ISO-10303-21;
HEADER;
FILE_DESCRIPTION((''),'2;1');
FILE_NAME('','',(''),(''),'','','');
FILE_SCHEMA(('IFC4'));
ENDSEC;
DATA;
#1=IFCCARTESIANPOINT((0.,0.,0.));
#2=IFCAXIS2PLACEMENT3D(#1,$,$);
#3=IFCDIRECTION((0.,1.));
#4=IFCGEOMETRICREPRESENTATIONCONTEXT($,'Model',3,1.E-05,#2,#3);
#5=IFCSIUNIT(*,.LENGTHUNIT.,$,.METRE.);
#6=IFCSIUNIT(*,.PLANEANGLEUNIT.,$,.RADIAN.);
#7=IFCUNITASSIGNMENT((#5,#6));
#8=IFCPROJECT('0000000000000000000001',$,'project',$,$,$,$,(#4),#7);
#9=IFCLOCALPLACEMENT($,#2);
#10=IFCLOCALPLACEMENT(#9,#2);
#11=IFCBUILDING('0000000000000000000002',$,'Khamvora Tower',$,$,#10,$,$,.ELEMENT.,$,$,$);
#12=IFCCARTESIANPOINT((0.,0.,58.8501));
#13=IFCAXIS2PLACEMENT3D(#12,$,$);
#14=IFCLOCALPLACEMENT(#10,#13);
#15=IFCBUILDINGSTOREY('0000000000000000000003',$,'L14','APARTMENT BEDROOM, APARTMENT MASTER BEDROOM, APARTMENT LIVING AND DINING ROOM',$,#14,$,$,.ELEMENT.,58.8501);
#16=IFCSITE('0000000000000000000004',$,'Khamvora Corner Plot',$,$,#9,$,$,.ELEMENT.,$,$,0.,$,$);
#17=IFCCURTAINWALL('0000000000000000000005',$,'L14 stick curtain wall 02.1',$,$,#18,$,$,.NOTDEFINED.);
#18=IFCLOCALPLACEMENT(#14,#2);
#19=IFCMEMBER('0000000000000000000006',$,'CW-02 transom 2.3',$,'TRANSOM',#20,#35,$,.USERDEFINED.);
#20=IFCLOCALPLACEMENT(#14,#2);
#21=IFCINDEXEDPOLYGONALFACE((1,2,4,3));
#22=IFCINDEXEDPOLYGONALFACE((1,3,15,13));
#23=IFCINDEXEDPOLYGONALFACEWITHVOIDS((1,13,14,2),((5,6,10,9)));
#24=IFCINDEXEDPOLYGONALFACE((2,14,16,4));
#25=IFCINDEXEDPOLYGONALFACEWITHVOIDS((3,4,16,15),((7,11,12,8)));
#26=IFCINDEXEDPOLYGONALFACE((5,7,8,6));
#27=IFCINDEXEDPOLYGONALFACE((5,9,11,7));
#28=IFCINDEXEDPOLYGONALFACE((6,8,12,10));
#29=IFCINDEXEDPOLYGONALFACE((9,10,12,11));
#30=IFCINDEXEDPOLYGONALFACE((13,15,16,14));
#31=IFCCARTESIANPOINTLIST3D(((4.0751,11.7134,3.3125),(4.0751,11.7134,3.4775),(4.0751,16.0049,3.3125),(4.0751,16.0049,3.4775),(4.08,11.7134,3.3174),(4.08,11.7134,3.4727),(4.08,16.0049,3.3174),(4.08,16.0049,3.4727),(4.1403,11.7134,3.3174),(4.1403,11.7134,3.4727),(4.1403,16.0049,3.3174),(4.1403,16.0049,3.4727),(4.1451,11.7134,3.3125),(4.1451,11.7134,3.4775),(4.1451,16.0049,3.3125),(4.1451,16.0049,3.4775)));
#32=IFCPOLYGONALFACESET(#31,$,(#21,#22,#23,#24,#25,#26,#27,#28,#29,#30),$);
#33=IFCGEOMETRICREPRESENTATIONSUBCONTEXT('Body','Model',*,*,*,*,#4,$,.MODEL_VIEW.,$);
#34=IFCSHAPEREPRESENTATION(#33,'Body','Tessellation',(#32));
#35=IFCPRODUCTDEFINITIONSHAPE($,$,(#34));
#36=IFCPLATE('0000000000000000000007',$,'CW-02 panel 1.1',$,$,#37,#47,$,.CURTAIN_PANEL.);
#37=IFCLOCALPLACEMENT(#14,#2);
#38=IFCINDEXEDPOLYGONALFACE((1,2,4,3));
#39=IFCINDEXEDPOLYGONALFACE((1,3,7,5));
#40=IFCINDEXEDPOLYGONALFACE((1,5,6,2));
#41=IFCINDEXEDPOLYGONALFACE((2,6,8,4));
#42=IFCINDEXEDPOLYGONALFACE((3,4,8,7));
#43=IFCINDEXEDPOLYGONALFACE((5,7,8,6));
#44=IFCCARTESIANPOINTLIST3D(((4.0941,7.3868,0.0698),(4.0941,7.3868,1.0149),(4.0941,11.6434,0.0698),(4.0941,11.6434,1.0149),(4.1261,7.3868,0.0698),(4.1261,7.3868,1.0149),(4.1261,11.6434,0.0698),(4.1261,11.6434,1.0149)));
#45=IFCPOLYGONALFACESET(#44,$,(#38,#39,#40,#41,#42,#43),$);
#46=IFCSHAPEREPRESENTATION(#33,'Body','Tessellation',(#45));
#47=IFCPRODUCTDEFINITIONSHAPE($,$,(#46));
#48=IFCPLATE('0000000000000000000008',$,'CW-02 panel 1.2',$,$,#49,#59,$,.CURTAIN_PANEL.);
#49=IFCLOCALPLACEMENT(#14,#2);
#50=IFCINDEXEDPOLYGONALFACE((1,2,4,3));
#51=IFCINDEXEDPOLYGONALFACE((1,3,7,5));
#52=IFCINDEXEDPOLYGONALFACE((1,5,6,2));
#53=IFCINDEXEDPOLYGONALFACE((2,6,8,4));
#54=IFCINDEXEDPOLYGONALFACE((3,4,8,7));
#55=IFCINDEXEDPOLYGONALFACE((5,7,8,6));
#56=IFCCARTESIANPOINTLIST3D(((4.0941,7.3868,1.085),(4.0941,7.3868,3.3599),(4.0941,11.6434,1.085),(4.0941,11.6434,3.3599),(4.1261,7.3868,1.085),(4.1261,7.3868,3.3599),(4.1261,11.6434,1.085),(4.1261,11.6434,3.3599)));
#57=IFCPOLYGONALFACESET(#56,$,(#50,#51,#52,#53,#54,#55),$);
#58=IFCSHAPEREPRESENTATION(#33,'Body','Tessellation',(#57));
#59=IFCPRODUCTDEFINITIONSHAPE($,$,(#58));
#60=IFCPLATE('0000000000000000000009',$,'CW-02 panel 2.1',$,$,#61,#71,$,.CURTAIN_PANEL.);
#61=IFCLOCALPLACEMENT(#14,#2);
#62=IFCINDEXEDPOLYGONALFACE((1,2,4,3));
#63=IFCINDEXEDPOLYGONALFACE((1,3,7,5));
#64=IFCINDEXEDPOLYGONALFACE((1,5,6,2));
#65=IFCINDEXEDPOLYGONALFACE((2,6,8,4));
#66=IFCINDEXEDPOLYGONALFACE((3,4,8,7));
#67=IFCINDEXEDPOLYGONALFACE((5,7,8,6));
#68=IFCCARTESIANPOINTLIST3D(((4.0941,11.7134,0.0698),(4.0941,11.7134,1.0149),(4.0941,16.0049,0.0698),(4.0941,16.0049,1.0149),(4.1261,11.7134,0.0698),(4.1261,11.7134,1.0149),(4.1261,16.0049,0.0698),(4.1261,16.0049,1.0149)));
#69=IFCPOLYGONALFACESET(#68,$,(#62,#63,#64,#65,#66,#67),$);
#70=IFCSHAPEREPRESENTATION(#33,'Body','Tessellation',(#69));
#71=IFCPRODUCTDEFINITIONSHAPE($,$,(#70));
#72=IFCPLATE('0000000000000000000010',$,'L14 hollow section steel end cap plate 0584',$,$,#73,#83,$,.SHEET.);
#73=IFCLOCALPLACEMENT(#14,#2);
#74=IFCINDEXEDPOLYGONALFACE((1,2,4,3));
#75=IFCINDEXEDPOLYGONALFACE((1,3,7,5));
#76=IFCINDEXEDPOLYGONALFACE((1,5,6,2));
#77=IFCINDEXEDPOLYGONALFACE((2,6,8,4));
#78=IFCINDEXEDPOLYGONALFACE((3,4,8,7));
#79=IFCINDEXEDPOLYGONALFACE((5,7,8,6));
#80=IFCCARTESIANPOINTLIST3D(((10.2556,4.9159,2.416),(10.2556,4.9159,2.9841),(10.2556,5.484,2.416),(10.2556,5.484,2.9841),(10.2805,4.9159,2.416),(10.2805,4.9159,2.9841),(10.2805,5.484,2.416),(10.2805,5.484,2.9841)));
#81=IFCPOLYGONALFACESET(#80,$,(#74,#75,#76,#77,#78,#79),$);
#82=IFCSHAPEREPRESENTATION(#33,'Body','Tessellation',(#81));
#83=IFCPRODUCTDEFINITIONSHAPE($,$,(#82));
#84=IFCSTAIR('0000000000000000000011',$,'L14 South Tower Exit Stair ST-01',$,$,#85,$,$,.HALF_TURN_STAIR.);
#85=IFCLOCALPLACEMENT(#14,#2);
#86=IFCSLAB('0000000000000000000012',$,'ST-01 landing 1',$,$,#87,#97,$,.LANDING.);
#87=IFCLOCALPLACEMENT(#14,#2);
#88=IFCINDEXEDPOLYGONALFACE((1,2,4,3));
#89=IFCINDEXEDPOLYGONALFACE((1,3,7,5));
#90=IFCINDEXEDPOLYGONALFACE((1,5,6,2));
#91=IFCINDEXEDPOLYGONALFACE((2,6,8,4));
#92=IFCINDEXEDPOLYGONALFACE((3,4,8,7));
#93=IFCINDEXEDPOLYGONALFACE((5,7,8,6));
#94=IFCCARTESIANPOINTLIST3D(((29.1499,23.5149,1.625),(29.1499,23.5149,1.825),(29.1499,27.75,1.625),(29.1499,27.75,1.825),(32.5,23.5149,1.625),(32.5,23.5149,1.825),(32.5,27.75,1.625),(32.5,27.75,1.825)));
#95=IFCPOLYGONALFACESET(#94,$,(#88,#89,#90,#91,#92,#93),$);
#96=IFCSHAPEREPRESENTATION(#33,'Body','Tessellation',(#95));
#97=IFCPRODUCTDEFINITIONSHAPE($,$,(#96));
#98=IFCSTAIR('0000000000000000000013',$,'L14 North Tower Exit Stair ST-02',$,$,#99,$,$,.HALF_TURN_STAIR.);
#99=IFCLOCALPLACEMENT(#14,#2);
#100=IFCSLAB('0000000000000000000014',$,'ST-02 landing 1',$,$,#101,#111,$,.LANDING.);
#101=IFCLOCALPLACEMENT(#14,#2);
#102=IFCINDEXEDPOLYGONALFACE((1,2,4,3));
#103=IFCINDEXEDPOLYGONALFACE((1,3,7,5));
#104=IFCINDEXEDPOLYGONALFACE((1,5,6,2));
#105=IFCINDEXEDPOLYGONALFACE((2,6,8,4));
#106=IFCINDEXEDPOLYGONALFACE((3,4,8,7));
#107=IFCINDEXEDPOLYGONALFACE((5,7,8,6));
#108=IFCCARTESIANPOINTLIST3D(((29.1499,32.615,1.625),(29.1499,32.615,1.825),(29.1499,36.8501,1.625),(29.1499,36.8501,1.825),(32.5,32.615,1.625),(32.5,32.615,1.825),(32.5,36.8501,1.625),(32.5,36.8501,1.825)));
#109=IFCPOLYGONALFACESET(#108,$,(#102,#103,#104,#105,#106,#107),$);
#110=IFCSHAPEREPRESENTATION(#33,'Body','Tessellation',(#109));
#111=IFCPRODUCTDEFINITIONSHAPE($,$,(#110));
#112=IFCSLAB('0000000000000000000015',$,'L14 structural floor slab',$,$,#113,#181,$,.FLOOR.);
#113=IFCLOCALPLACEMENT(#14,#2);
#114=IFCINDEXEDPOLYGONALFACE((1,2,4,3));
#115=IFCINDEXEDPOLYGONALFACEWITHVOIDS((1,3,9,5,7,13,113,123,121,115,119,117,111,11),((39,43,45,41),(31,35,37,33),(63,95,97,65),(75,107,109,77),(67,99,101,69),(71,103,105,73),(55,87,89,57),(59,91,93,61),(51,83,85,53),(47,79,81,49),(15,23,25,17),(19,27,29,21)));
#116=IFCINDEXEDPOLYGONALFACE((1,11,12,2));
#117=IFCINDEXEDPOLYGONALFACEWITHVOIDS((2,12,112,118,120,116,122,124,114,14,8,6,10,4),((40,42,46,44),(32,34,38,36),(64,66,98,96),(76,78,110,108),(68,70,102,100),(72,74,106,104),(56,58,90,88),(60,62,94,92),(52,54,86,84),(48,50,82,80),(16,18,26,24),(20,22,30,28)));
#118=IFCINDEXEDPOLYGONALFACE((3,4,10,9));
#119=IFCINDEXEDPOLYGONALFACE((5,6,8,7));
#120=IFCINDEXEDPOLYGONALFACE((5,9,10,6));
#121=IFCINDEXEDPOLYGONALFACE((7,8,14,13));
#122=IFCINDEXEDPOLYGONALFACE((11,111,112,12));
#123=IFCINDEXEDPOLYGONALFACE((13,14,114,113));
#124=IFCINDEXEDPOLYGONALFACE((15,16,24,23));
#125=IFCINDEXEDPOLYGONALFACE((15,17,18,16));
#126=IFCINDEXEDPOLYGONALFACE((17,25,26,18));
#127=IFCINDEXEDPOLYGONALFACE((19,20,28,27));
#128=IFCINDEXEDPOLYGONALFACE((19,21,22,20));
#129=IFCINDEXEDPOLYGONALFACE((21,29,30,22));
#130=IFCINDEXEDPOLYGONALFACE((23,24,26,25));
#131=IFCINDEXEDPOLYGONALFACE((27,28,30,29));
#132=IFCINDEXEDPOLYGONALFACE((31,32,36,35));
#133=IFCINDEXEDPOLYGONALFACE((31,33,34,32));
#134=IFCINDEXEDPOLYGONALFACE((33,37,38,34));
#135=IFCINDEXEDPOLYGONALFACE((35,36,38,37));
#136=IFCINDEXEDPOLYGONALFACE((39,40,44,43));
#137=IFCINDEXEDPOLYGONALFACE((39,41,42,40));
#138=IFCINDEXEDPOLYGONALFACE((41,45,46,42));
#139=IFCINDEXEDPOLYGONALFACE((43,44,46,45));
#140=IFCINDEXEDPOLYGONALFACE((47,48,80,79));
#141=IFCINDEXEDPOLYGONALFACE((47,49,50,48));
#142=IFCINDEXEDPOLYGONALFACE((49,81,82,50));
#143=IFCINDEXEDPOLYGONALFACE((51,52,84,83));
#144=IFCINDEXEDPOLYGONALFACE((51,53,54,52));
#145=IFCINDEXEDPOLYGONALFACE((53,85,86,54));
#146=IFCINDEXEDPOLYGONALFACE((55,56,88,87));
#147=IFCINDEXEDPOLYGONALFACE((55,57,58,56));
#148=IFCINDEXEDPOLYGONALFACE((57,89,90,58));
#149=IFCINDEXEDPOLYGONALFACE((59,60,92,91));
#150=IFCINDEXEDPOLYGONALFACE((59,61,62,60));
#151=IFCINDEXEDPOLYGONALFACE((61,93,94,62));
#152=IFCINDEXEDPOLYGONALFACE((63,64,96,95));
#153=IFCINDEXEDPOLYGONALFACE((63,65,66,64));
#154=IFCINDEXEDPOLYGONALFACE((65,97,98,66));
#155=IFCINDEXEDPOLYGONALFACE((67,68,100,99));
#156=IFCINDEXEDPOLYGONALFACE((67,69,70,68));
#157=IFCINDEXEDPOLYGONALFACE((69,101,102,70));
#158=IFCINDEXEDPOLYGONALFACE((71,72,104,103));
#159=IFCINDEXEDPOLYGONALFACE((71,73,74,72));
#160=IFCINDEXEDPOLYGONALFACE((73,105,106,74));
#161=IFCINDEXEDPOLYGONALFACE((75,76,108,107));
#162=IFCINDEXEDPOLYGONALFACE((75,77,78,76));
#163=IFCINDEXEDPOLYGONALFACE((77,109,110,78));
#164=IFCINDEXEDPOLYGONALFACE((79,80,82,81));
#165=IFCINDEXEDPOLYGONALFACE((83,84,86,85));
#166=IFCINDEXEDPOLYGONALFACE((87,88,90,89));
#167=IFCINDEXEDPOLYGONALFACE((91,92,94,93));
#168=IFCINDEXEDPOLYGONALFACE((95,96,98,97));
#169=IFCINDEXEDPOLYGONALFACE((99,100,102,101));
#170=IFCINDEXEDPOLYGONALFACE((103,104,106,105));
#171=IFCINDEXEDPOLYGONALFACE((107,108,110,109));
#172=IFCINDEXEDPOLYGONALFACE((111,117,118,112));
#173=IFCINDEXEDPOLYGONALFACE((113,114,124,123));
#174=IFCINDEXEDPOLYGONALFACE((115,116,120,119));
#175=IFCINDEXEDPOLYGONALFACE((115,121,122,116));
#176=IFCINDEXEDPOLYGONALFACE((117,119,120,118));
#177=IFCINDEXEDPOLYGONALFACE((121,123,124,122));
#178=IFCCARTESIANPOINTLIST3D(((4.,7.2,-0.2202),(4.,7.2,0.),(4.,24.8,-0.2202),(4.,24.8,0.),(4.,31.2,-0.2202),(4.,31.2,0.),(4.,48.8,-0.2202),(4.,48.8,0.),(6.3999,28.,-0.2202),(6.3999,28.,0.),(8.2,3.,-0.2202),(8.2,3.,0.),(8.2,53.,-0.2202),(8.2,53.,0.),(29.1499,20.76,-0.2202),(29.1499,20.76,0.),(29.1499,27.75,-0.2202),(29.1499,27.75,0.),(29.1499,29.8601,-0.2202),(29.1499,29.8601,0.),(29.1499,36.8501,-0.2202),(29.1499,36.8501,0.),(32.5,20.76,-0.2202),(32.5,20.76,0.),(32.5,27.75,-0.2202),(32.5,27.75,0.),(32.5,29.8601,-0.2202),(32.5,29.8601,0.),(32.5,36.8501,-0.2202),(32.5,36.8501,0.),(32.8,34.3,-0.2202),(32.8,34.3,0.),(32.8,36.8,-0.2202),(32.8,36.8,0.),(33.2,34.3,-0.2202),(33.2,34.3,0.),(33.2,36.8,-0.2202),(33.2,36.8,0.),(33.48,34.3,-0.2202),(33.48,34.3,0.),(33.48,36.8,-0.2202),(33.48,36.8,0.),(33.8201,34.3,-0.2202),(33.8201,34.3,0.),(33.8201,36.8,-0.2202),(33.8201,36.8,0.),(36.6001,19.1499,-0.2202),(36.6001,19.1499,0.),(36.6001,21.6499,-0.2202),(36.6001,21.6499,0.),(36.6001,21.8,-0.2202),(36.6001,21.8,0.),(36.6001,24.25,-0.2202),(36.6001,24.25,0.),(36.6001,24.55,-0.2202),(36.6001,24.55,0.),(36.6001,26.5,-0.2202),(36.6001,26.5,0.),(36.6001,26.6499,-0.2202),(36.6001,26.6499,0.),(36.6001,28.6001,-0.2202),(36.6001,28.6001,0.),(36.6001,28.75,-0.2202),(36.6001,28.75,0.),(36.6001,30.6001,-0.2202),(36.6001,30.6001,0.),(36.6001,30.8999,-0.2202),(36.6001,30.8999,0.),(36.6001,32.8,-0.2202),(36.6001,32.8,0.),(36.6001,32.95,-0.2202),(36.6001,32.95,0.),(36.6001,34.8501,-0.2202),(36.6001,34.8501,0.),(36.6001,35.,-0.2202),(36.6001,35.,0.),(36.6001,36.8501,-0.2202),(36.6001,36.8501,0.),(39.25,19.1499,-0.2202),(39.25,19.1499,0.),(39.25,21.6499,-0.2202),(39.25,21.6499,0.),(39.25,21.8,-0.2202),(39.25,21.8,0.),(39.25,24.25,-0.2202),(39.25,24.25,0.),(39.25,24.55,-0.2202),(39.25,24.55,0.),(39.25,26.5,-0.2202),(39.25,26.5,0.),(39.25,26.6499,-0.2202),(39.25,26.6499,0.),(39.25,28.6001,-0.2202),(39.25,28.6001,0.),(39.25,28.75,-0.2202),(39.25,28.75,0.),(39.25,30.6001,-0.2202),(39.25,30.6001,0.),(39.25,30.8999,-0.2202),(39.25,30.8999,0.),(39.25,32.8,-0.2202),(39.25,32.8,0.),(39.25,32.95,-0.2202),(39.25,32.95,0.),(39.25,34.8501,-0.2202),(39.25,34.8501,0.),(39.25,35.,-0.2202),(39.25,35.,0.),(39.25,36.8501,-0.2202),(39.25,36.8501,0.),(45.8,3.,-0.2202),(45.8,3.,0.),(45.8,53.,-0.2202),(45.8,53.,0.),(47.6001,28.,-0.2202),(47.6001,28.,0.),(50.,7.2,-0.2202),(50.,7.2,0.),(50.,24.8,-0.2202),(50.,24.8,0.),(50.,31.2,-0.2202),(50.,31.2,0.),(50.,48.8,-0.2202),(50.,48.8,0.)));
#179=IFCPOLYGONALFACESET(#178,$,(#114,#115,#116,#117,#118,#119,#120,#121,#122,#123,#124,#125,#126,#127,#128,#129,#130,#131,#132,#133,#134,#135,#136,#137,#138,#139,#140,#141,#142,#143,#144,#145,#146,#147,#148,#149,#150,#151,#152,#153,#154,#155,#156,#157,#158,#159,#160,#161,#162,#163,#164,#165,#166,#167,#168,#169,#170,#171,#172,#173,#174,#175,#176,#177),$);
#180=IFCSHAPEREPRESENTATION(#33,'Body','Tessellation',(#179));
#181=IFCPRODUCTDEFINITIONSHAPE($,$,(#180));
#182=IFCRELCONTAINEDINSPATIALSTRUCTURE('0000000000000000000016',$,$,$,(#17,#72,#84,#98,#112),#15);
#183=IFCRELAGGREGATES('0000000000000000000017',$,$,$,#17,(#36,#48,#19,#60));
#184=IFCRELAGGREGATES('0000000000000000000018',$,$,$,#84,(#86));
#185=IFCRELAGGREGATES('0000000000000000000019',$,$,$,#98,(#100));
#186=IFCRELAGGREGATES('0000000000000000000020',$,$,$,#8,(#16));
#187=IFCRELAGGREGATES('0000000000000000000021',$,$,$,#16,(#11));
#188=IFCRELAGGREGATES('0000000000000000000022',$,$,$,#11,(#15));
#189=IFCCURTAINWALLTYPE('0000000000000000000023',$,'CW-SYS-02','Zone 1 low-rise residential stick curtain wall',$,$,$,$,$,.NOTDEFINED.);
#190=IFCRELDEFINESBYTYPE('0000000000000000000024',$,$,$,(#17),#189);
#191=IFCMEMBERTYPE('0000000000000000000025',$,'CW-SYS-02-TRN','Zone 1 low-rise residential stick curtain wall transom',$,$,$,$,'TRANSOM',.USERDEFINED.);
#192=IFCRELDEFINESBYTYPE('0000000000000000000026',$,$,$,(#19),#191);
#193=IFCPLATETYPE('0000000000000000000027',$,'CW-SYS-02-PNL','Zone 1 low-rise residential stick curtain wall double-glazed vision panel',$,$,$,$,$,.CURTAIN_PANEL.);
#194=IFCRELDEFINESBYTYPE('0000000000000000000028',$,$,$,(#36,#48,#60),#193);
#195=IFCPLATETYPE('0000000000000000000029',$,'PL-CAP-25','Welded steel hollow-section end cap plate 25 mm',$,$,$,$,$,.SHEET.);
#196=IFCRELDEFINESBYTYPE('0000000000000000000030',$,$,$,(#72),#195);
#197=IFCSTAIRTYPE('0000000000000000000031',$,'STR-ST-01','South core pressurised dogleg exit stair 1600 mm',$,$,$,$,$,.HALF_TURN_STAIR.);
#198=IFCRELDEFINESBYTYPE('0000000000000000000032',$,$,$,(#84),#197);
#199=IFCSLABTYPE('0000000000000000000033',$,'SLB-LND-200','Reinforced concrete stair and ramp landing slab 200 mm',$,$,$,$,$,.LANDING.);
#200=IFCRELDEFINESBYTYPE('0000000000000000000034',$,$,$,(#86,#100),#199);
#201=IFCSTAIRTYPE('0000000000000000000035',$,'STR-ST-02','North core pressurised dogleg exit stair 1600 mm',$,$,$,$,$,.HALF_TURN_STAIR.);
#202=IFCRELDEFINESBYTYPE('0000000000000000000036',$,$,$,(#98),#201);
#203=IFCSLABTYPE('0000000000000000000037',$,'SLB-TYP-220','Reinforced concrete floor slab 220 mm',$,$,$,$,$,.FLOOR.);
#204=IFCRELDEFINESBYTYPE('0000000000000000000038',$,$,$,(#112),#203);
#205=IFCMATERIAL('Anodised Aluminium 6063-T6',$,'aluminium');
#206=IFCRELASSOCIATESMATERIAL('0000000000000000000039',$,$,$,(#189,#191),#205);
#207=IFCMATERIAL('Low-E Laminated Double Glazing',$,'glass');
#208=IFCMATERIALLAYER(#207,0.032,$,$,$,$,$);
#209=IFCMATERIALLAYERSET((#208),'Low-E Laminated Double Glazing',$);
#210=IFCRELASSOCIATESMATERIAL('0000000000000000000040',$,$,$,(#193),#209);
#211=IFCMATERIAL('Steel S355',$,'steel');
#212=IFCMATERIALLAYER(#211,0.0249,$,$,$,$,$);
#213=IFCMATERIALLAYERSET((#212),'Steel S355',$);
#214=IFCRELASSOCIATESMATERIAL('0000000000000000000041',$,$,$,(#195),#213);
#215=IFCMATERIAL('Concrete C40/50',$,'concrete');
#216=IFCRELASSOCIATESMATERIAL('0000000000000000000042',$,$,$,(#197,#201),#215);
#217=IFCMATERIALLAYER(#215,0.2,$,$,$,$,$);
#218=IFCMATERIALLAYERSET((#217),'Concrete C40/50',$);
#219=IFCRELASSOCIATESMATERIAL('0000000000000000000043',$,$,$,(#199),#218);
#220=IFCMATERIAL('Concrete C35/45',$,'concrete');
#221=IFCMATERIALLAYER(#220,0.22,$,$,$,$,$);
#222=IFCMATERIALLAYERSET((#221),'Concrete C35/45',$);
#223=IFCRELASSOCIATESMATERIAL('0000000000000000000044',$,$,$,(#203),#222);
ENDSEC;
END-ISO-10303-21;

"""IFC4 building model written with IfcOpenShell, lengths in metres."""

from ifc_helpers import new_model, si_unit, direction, frame, origin, origin_2d, place, context, subcontext, project, spatial, polyline, rectangle, hollow_rectangle, outline, extrude, material, layer, layer_set, material_profile, profile_set, type_object, element, aggregate, save


model = new_model("IFC4")

# Units and contexts
model_context = context("Model", 3, precision=1e-05, world=origin(), true_north=direction((0.0, 1.0)))
body_context = subcontext(model_context, "Body", "Model", "MODEL_VIEW")
ifc_project = project(units=[si_unit("LENGTHUNIT", "METRE"), si_unit("PLANEANGLEUNIT", "RADIAN")], contexts=[model_context])

# Site, building, storey
site_placement = place(None, origin())
site = spatial("IfcSite", under=ifc_project, at=site_placement, Name="Khamvora Corner Plot", CompositionType="ELEMENT", RefElevation=0.0)
building_placement = place(site_placement, origin())
building = spatial("IfcBuilding", under=site, at=building_placement, Name="Khamvora Tower", CompositionType="ELEMENT")
storey_placement = place(building_placement, frame((0.0, 0.0, 58.8501)))
storey = spatial("IfcBuildingStorey", under=building, at=storey_placement, Name="L14", Description="APARTMENT BEDROOM, APARTMENT MASTER BEDROOM, APARTMENT LIVING AND DINING ROOM", CompositionType="ELEMENT", Elevation=58.8501)

# Shared definitions
ifc_material_1 = material(Name="Steel S355", Category="steel")

# Curtain wall, member, plates
ifc_material_2 = material(Name="Anodised Aluminium 6063-T6", Category="aluminium")
curtain_wall_type = type_object("IfcCurtainWallType", Name="CW-SYS-02", Description="Zone 1 low-rise residential stick curtain wall", PredefinedType="NOTDEFINED", material=ifc_material_2)
curtain_wall_placement = place(storey_placement, origin())
curtain_wall = element("IfcCurtainWall", 1, at=curtain_wall_placement, inside=storey, type_object=curtain_wall_type, Name="L14 stick curtain wall 02.1", PredefinedType="NOTDEFINED")
ifc_material_profile_1 = material_profile(ifc_material_2, hollow_rectangle(XDim=0.0701, YDim=0.165, WallThickness=0.0049, at=origin_2d()), Name="TRN70x165x5")
ifc_profile_set_1 = profile_set([ifc_material_profile_1], Name="Anodised Aluminium 6063-T6")
member_type_1 = type_object("IfcMemberType", Name="CW-SYS-02-TRN", Description="Zone 1 low-rise residential stick curtain wall transom", ElementType="TRANSOM", PredefinedType="USERDEFINED", material=ifc_profile_set_1)
member_1_placement = place(storey_placement, frame((4.1101, 11.7134, 3.395), z_axis=(0.0, 1.0, 0.0), x_axis=(-1.0, 0.0, 0.0)))
member_1 = element("IfcMember", 2, at=member_1_placement, type_object=member_type_1, Name="CW-02 transom 2.3", ObjectType="TRANSOM", PredefinedType="USERDEFINED", context=body_context, shape_type="SweptSolid", body=[
    extrude(hollow_rectangle(XDim=0.0701, YDim=0.165, WallThickness=0.0049, at=origin_2d()), origin(), (0.0, 0.0, 1.0), 4.2915),
])
ifc_material_3 = material(Name="Low-E Laminated Double Glazing", Category="glass")
ifc_layer_1 = layer(ifc_material_3, 0.032)
ifc_layer_set_1 = layer_set([ifc_layer_1], Name="Low-E Laminated Double Glazing")
plate_type_1 = type_object("IfcPlateType", Name="CW-SYS-02-PNL", Description="Zone 1 low-rise residential stick curtain wall double-glazed vision panel", PredefinedType="CURTAIN_PANEL", material=ifc_layer_set_1)
plate_1_placement = place(storey_placement, frame((4.1101, 9.5151, 0.0698), z_axis=(0.0, 0.0, 1.0), x_axis=(0.0, 1.0, 0.0)))
plate_1 = element("IfcPlate", 3, at=plate_1_placement, type_object=plate_type_1, Name="CW-02 panel 1.1", PredefinedType="CURTAIN_PANEL", context=body_context, shape_type="SweptSolid", body=[
    extrude(rectangle(XDim=4.2566, YDim=0.032, at=origin_2d()), origin(), (0.0, 0.0, 1.0), 0.9451),
])
plate_2_placement = place(storey_placement, frame((4.1101, 9.5151, 1.085), z_axis=(0.0, 0.0, 1.0), x_axis=(0.0, 1.0, 0.0)))
plate_2 = element("IfcPlate", 4, at=plate_2_placement, type_object=plate_type_1, Name="CW-02 panel 1.2", PredefinedType="CURTAIN_PANEL", context=body_context, shape_type="SweptSolid", body=[
    extrude(rectangle(XDim=4.2566, YDim=0.032, at=origin_2d()), origin(), (0.0, 0.0, 1.0), 2.2749),
])
plate_3_placement = place(storey_placement, frame((4.1101, 13.8591, 0.0698), z_axis=(0.0, 0.0, 1.0), x_axis=(0.0, 1.0, 0.0)))
plate_3 = element("IfcPlate", 5, at=plate_3_placement, type_object=plate_type_1, Name="CW-02 panel 2.1", PredefinedType="CURTAIN_PANEL", context=body_context, shape_type="SweptSolid", body=[
    extrude(rectangle(XDim=4.2915, YDim=0.032, at=origin_2d()), origin(), (0.0, 0.0, 1.0), 0.9451),
])
aggregate(curtain_wall, [plate_1, plate_2, member_1, plate_3])

# Plate
ifc_layer_2 = layer(ifc_material_1, 0.0249)
ifc_layer_set_2 = layer_set([ifc_layer_2], Name="Steel S355")
plate_type_2 = type_object("IfcPlateType", Name="PL-CAP-25", Description="Welded steel hollow-section end cap plate 25 mm", PredefinedType="SHEET", material=ifc_layer_set_2)
plate_4_placement = place(storey_placement, frame((10.2681, 5.2, 2.416), z_axis=(0.0, 0.0, 1.0), x_axis=(1.0, 0.0, 0.0)))
element("IfcPlate", 6, at=plate_4_placement, inside=storey, type_object=plate_type_2, Name="L14 hollow section steel end cap plate 0584", PredefinedType="SHEET", context=body_context, shape_type="SweptSolid", body=[
    extrude(rectangle(XDim=0.0249, YDim=0.5681, at=origin_2d()), origin(), (0.0, 0.0, 1.0), 0.5681),
])

# Stairs, slabs
ifc_material_4 = material(Name="Concrete C40/50", Category="concrete")
stair_type_1 = type_object("IfcStairType", Name="STR-ST-01", Description="South core pressurised dogleg exit stair 1600 mm", PredefinedType="HALF_TURN_STAIR", material=ifc_material_4)
stair_1_placement = place(storey_placement, origin())
stair_1 = element("IfcStair", 7, at=stair_1_placement, inside=storey, type_object=stair_type_1, Name="L14 South Tower Exit Stair ST-01", PredefinedType="HALF_TURN_STAIR")
ifc_layer_3 = layer(ifc_material_4, 0.2)
ifc_layer_set_3 = layer_set([ifc_layer_3], Name="Concrete C40/50")
slab_type_1 = type_object("IfcSlabType", Name="SLB-LND-200", Description="Reinforced concrete stair and ramp landing slab 200 mm", PredefinedType="LANDING", material=ifc_layer_set_3)
slab_1_placement = place(storey_placement, frame((0.0, 0.0, 1.625)))
slab_1 = element("IfcSlab", 8, at=slab_1_placement, type_object=slab_type_1, Name="ST-01 landing 1", PredefinedType="LANDING", context=body_context, shape_type="SweptSolid", body=[
    extrude(outline(polyline([(32.5, 23.5149), (32.5, 27.75), (29.1499, 27.75), (29.1499, 23.5149), (32.5, 23.5149)])), origin(), (0.0, 0.0, 1.0), 0.2),
])
aggregate(stair_1, [slab_1])
stair_type_2 = type_object("IfcStairType", Name="STR-ST-02", Description="North core pressurised dogleg exit stair 1600 mm", PredefinedType="HALF_TURN_STAIR", material=ifc_material_4)
stair_2_placement = place(storey_placement, origin())
stair_2 = element("IfcStair", 9, at=stair_2_placement, inside=storey, type_object=stair_type_2, Name="L14 North Tower Exit Stair ST-02", PredefinedType="HALF_TURN_STAIR")
slab_2_placement = place(storey_placement, frame((0.0, 0.0, 1.625)))
slab_2 = element("IfcSlab", 10, at=slab_2_placement, type_object=slab_type_1, Name="ST-02 landing 1", PredefinedType="LANDING", context=body_context, shape_type="SweptSolid", body=[
    extrude(outline(polyline([(32.5, 32.615), (32.5, 36.8501), (29.1499, 36.8501), (29.1499, 32.615), (32.5, 32.615)])), origin(), (0.0, 0.0, 1.0), 0.2),
])
aggregate(stair_2, [slab_2])

# Slab
ifc_material_5 = material(Name="Concrete C35/45", Category="concrete")
ifc_layer_4 = layer(ifc_material_5, 0.22)
ifc_layer_set_4 = layer_set([ifc_layer_4], Name="Concrete C35/45")
slab_type_2 = type_object("IfcSlabType", Name="SLB-TYP-220", Description="Reinforced concrete floor slab 220 mm", PredefinedType="FLOOR", material=ifc_layer_set_4)
slab_3_placement = place(storey_placement, frame((0.0, 0.0, -0.2202)))
element("IfcSlab", 11, at=slab_3_placement, inside=storey, type_object=slab_type_2, Name="L14 structural floor slab", PredefinedType="FLOOR", context=body_context, shape_type="SweptSolid", body=[
    extrude(outline(polyline([(8.2, 3.0), (45.8, 3.0), (50.0, 7.2), (50.0, 24.8), (47.6001, 28.0), (50.0, 31.2), (50.0, 48.8), (45.8, 53.0), (8.2, 53.0), (4.0, 48.8), (4.0, 31.2), (6.3999, 28.0), (4.0, 24.8), (4.0, 7.2), (8.2, 3.0)]), holes=[polyline([(32.5, 20.76), (32.5, 27.75), (29.1499, 27.75), (29.1499, 20.76), (32.5, 20.76)]), polyline([(32.5, 29.8601), (32.5, 36.8501), (29.1499, 36.8501), (29.1499, 29.8601), (32.5, 29.8601)]), polyline([(36.6001, 19.1499), (39.25, 19.1499), (39.25, 21.6499), (36.6001, 21.6499), (36.6001, 19.1499)]), polyline([(36.6001, 21.8), (39.25, 21.8), (39.25, 24.25), (36.6001, 24.25), (36.6001, 21.8)]), polyline([(36.6001, 24.55), (39.25, 24.55), (39.25, 26.5), (36.6001, 26.5), (36.6001, 24.55)]), polyline([(36.6001, 26.6499), (39.25, 26.6499), (39.25, 28.6001), (36.6001, 28.6001), (36.6001, 26.6499)]), polyline([(36.6001, 28.75), (39.25, 28.75), (39.25, 30.6001), (36.6001, 30.6001), (36.6001, 28.75)]), polyline([(36.6001, 30.8999), (39.25, 30.8999), (39.25, 32.8), (36.6001, 32.8), (36.6001, 30.8999)]), polyline([(36.6001, 32.95), (39.25, 32.95), (39.25, 34.8501), (36.6001, 34.8501), (36.6001, 32.95)]), polyline([(36.6001, 35.0), (39.25, 35.0), (39.25, 36.8501), (36.6001, 36.8501), (36.6001, 35.0)]), polyline([(32.8, 34.3), (33.2, 34.3), (33.2, 36.8), (32.8, 36.8), (32.8, 34.3)]), polyline([(33.48, 34.3), (33.8201, 34.3), (33.8201, 36.8), (33.48, 36.8), (33.48, 34.3)])]), origin(), (0.0, 0.0, 1.0), 0.2202),
])

save(model, "model.ifc")
